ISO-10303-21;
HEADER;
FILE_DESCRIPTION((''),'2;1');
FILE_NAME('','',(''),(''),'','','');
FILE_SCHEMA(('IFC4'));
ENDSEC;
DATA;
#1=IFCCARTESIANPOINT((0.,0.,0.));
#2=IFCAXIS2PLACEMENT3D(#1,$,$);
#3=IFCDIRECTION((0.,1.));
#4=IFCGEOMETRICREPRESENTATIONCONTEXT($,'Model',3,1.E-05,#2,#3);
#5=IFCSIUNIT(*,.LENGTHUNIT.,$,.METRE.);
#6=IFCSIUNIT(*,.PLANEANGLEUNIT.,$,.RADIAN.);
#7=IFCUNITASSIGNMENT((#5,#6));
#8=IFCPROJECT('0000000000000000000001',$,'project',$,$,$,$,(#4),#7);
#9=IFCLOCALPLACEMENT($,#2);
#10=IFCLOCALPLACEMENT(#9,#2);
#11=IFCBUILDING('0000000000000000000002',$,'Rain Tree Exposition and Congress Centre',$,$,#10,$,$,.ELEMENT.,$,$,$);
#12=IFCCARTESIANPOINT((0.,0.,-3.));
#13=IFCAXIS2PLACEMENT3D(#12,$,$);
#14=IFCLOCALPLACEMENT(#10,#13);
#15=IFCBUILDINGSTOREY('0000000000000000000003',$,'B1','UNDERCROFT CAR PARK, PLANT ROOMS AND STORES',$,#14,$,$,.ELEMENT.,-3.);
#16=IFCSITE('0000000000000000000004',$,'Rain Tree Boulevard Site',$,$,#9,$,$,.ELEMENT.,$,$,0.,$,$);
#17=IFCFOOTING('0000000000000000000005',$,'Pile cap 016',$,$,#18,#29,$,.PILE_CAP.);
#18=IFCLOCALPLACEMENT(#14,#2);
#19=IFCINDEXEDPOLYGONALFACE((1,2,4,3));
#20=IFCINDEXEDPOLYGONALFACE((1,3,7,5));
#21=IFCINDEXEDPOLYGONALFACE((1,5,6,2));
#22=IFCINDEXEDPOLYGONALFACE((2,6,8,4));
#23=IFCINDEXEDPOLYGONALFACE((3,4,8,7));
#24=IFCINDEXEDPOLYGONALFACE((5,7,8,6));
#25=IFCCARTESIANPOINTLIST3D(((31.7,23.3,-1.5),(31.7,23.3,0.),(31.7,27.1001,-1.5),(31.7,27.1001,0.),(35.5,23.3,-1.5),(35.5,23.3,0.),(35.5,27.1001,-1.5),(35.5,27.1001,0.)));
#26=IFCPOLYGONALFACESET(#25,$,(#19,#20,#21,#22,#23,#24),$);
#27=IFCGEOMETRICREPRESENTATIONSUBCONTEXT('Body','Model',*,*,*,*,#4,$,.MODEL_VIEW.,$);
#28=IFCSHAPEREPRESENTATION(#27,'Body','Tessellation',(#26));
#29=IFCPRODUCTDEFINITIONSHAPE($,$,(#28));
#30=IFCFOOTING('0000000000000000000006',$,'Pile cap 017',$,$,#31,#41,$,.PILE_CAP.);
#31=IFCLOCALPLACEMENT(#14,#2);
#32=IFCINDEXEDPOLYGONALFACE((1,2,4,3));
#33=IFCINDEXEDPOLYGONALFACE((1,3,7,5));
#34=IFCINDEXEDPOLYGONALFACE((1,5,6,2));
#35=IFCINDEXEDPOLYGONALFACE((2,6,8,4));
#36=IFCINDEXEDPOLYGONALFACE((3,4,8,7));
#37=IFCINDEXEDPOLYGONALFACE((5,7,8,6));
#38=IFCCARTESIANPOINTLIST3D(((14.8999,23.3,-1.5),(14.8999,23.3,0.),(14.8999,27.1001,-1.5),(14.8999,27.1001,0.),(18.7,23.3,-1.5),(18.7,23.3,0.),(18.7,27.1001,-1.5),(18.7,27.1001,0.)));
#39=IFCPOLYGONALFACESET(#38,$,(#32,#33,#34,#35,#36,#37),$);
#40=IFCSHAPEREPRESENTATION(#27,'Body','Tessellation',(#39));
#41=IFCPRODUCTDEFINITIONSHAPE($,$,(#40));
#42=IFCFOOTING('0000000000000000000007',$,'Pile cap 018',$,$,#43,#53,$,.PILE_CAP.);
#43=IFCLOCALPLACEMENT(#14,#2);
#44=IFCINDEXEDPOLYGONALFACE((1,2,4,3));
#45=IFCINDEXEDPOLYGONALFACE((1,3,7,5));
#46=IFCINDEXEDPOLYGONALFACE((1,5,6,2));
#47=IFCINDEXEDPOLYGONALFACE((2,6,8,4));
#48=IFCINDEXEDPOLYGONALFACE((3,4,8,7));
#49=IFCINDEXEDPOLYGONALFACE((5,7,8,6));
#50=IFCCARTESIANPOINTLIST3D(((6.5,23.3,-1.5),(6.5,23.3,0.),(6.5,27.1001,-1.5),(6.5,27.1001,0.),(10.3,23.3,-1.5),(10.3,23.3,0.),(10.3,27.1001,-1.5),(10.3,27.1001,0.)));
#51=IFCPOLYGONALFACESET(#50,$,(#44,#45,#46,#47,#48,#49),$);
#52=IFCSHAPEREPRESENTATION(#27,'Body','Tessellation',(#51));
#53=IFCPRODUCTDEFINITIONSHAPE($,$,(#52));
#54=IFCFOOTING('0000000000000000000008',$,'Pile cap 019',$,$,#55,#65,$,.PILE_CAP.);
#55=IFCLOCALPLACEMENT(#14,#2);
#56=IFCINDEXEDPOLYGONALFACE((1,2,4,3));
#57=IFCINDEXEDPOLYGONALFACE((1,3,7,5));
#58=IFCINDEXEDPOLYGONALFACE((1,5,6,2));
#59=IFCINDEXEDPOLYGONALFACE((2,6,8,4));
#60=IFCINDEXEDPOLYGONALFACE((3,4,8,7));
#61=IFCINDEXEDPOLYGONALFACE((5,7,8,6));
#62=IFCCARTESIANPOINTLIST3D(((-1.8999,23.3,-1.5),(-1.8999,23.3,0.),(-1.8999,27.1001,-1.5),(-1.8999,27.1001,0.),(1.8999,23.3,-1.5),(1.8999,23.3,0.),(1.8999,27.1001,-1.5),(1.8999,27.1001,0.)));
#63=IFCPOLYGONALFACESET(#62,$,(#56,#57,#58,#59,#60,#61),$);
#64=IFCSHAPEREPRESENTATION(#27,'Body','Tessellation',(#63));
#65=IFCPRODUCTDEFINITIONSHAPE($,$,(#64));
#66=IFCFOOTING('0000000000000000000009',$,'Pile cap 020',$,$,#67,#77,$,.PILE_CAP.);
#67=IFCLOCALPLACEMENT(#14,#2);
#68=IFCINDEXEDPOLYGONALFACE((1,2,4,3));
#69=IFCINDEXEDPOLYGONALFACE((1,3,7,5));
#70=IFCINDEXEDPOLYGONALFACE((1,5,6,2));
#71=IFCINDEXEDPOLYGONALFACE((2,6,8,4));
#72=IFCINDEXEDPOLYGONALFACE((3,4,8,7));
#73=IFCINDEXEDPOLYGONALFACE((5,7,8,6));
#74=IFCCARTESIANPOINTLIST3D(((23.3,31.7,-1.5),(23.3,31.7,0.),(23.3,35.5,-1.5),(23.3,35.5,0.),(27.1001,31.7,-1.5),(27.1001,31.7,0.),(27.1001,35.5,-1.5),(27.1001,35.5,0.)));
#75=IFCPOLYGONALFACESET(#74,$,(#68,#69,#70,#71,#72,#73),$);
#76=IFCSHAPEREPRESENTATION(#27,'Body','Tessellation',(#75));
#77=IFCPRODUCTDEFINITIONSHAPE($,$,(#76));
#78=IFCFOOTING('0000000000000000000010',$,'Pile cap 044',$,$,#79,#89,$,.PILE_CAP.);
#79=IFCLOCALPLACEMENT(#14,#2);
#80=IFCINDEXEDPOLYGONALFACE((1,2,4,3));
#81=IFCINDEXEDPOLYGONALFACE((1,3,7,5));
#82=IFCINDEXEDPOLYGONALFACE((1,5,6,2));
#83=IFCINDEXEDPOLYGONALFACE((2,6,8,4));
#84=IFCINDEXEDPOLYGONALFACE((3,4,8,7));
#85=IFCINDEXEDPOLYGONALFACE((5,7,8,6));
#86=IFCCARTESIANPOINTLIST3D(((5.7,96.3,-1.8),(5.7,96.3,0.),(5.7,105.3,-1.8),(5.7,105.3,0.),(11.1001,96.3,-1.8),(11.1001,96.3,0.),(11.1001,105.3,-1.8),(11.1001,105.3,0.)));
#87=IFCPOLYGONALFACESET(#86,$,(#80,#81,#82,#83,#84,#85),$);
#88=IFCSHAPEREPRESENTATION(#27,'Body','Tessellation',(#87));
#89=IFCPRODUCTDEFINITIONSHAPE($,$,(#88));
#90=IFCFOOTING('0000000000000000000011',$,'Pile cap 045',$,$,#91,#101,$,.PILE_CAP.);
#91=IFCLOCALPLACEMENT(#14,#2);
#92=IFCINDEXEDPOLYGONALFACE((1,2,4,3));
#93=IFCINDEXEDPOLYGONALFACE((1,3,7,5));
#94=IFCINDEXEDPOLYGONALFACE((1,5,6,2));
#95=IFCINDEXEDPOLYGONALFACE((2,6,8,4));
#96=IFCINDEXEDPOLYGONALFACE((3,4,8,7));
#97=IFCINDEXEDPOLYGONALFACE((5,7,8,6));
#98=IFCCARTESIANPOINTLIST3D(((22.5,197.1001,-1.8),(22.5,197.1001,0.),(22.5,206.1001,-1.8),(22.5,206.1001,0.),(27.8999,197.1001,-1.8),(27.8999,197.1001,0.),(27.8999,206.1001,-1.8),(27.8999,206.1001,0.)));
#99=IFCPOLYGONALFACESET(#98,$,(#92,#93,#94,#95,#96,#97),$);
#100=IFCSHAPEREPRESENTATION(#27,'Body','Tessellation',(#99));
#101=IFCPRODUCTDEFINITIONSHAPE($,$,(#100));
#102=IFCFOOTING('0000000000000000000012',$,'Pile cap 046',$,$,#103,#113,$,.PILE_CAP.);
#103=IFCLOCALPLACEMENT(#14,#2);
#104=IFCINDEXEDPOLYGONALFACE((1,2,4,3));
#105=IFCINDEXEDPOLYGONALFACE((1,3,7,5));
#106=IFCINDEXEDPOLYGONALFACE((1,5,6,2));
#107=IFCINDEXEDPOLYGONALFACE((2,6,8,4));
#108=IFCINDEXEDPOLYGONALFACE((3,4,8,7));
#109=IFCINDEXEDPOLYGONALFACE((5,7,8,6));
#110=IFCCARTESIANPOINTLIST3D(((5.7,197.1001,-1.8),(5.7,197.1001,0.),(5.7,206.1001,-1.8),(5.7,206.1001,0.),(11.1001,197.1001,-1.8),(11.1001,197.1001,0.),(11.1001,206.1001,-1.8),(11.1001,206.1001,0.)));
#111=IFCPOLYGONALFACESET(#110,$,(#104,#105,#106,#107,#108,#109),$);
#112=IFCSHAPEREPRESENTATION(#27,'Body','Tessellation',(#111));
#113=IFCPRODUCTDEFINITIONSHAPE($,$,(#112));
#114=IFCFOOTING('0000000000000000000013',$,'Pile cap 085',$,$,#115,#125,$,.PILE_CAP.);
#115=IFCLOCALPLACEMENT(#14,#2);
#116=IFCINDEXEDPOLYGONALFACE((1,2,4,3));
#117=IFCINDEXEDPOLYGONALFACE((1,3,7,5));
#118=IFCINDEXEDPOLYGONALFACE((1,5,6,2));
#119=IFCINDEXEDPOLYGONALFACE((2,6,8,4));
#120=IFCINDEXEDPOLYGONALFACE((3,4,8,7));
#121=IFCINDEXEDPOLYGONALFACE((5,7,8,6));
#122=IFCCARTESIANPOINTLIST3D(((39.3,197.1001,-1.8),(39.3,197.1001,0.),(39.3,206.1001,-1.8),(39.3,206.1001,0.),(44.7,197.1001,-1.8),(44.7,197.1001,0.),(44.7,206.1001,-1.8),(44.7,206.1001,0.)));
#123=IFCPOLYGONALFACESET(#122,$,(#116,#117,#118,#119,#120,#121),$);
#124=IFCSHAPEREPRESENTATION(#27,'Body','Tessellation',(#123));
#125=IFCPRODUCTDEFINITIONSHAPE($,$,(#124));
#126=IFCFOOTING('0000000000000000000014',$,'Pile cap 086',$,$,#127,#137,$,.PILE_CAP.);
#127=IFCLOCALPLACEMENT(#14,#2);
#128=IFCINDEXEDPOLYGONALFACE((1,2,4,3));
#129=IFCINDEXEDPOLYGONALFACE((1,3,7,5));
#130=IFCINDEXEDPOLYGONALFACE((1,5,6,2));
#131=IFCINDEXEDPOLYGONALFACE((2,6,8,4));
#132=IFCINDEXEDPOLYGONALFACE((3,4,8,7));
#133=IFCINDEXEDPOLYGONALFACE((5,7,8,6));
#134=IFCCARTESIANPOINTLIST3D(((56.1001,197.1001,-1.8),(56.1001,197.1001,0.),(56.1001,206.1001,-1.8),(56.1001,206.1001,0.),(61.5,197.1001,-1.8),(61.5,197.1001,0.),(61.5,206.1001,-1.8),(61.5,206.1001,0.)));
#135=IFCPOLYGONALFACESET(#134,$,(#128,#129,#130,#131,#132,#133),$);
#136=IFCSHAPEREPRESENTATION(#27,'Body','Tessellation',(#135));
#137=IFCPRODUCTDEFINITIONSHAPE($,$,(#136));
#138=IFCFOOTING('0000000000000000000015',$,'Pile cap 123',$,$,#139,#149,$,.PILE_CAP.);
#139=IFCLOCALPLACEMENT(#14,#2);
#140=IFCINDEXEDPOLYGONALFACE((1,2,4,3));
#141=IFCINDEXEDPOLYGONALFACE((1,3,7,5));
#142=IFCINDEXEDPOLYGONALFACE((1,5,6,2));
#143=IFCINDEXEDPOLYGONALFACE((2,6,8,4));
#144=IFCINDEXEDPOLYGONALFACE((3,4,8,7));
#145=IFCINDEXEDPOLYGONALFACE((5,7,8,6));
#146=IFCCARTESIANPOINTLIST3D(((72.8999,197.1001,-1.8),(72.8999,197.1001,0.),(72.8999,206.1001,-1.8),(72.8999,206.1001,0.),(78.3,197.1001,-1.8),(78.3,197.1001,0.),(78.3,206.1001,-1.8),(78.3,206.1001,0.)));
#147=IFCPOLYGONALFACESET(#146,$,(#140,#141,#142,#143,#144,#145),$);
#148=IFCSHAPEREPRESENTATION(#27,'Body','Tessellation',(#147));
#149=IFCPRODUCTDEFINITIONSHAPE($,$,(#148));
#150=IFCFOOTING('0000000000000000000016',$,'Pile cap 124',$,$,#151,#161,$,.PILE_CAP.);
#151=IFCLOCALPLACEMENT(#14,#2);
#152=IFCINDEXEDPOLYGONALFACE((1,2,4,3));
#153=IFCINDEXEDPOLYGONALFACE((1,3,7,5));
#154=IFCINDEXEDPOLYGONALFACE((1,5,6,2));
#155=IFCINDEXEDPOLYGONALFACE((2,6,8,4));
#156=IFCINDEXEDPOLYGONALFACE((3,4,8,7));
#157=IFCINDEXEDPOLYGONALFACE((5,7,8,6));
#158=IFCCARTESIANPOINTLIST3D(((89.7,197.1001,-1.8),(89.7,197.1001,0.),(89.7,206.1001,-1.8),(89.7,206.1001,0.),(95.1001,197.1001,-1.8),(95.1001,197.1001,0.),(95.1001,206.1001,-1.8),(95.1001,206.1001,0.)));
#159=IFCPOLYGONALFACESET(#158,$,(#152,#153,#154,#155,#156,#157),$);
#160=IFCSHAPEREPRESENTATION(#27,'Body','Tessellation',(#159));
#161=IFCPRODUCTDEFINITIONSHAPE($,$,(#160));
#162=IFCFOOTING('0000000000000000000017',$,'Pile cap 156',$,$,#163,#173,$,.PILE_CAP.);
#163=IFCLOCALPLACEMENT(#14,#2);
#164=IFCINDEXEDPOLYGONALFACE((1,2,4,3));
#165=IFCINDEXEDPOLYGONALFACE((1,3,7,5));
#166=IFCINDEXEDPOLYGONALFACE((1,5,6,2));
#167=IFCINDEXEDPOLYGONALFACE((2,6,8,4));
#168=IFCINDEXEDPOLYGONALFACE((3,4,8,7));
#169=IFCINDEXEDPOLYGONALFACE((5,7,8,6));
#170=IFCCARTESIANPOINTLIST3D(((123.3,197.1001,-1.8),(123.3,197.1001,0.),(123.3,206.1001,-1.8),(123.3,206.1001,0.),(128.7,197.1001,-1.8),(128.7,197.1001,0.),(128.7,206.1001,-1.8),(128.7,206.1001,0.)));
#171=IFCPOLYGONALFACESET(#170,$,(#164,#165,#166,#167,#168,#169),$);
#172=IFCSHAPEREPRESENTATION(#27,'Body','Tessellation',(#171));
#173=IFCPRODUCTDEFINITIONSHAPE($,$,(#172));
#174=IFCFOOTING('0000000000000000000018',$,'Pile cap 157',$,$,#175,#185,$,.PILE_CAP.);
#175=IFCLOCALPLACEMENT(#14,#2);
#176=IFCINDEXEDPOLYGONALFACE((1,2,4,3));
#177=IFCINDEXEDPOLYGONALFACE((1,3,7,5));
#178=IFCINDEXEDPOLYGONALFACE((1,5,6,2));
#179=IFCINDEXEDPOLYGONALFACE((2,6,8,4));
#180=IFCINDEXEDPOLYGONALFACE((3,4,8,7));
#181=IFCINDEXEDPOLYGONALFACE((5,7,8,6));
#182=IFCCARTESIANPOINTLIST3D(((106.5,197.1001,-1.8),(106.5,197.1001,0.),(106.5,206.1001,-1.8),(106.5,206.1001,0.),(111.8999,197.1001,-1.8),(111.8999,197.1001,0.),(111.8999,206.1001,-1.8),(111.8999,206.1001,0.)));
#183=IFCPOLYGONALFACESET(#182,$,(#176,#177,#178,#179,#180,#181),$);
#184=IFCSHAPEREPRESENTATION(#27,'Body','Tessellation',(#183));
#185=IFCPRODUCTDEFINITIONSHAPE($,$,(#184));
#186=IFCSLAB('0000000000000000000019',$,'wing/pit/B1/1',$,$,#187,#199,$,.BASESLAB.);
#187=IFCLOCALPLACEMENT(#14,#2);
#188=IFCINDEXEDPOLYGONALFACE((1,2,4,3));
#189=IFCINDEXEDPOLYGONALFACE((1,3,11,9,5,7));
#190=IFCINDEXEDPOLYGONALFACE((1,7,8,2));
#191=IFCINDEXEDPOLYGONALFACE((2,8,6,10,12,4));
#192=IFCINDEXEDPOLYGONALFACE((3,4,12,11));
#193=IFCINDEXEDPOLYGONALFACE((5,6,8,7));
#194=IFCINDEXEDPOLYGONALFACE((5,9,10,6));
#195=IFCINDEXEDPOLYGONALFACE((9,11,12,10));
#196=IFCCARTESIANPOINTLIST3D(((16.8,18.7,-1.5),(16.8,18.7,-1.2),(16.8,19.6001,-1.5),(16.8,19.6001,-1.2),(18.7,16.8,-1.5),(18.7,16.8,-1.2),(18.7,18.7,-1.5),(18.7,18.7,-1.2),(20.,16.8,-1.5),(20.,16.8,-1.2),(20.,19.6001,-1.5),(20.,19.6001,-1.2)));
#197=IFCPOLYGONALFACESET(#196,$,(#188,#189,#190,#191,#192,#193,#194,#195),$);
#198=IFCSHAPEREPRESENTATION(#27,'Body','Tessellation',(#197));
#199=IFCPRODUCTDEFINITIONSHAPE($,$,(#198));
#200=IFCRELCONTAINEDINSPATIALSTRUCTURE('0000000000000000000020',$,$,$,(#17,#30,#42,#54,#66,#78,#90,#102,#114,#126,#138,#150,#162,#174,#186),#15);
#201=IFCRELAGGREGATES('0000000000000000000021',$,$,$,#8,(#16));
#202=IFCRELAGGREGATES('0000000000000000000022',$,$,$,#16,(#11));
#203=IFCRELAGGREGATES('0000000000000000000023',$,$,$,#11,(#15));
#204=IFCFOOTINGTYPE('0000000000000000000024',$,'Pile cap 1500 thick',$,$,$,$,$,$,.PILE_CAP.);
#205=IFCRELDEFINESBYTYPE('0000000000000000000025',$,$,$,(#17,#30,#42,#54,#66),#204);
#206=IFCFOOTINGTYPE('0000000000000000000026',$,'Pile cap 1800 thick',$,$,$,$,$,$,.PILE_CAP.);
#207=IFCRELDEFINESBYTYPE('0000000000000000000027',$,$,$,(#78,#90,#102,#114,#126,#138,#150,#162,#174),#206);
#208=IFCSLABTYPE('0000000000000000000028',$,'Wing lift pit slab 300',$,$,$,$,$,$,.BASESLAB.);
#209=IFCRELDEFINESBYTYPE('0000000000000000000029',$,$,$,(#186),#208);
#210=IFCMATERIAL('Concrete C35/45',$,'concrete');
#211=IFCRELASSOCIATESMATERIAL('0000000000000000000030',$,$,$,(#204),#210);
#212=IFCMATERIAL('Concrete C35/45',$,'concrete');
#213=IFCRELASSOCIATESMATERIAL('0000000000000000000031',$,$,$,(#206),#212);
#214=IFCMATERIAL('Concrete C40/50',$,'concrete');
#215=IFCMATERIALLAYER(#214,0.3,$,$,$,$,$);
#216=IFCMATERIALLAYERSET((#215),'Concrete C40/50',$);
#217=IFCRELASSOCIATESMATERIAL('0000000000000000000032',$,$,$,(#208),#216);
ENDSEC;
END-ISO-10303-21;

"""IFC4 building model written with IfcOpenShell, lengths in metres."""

from ifc_helpers import new_model, si_unit, direction, frame, origin, place, context, subcontext, project, spatial, polyline, outline, extrude, material, layer, layer_set, type_object, element, save


model = new_model("IFC4")

# Units and contexts
model_context = context("Model", 3, precision=1e-05, world=origin(), true_north=direction((0.0, 1.0)))
body_context = subcontext(model_context, "Body", "Model", "MODEL_VIEW")
ifc_project = project(units=[si_unit("LENGTHUNIT", "METRE"), si_unit("PLANEANGLEUNIT", "RADIAN")], contexts=[model_context])

# Site, building, storey
site_placement = place(None, origin())
site = spatial("IfcSite", under=ifc_project, at=site_placement, Name="Rain Tree Boulevard Site", CompositionType="ELEMENT", RefElevation=0.0)
building_placement = place(site_placement, origin())
building = spatial("IfcBuilding", under=site, at=building_placement, Name="Rain Tree Exposition and Congress Centre", CompositionType="ELEMENT")
storey_placement = place(building_placement, frame((0.0, 0.0, -3.0)))
storey = spatial("IfcBuildingStorey", under=building, at=storey_placement, Name="B1", Description="UNDERCROFT CAR PARK, PLANT ROOMS AND STORES", CompositionType="ELEMENT", Elevation=-3.0)

# Footings
ifc_material_1 = material(Name="Concrete C35/45", Category="concrete")
footing_type_1 = type_object("IfcFootingType", Name="Pile cap 1500 thick", PredefinedType="PILE_CAP", material=ifc_material_1)
footing_1_placement = place(storey_placement, frame((0.0, 0.0, -1.5)))
element("IfcFooting", 1, at=footing_1_placement, inside=storey, type_object=footing_type_1, Name="Pile cap 016", PredefinedType="PILE_CAP", context=body_context, shape_type="SweptSolid", body=[
    extrude(outline(polyline([(35.5, 23.3), (35.5, 27.1001), (31.7, 27.1001), (31.7, 23.3), (35.5, 23.3)])), origin(), (0.0, 0.0, 1.0), 1.5),
])
footing_2_placement = place(storey_placement, frame((0.0, 0.0, -1.5)))
element("IfcFooting", 2, at=footing_2_placement, inside=storey, type_object=footing_type_1, Name="Pile cap 017", PredefinedType="PILE_CAP", context=body_context, shape_type="SweptSolid", body=[
    extrude(outline(polyline([(18.7, 23.3), (18.7, 27.1001), (14.8999, 27.1001), (14.8999, 23.3), (18.7, 23.3)])), origin(), (0.0, 0.0, 1.0), 1.5),
])
footing_3_placement = place(storey_placement, frame((0.0, 0.0, -1.5)))
element("IfcFooting", 3, at=footing_3_placement, inside=storey, type_object=footing_type_1, Name="Pile cap 018", PredefinedType="PILE_CAP", context=body_context, shape_type="SweptSolid", body=[
    extrude(outline(polyline([(10.3, 23.3), (10.3, 27.1001), (6.5, 27.1001), (6.5, 23.3), (10.3, 23.3)])), origin(), (0.0, 0.0, 1.0), 1.5),
])
footing_4_placement = place(storey_placement, frame((0.0, 0.0, -1.5)))
element("IfcFooting", 4, at=footing_4_placement, inside=storey, type_object=footing_type_1, Name="Pile cap 019", PredefinedType="PILE_CAP", context=body_context, shape_type="SweptSolid", body=[
    extrude(outline(polyline([(1.8999, 23.3), (1.8999, 27.1001), (-1.8999, 27.1001), (-1.8999, 23.3), (1.8999, 23.3)])), origin(), (0.0, 0.0, 1.0), 1.5),
])
footing_5_placement = place(storey_placement, frame((0.0, 0.0, -1.5)))
element("IfcFooting", 5, at=footing_5_placement, inside=storey, type_object=footing_type_1, Name="Pile cap 020", PredefinedType="PILE_CAP", context=body_context, shape_type="SweptSolid", body=[
    extrude(outline(polyline([(27.1001, 31.7), (27.1001, 35.5), (23.3, 35.5), (23.3, 31.7), (27.1001, 31.7)])), origin(), (0.0, 0.0, 1.0), 1.5),
])
ifc_material_2 = material(Name="Concrete C35/45", Category="concrete")
footing_type_2 = type_object("IfcFootingType", Name="Pile cap 1800 thick", PredefinedType="PILE_CAP", material=ifc_material_2)
footing_6_placement = place(storey_placement, frame((0.0, 0.0, -1.8)))
element("IfcFooting", 6, at=footing_6_placement, inside=storey, type_object=footing_type_2, Name="Pile cap 044", PredefinedType="PILE_CAP", context=body_context, shape_type="SweptSolid", body=[
    extrude(outline(polyline([(5.7, 96.3), (11.1001, 96.3), (11.1001, 105.3), (5.7, 105.3), (5.7, 96.3)])), origin(), (0.0, 0.0, 1.0), 1.8),
])
footing_7_placement = place(storey_placement, frame((0.0, 0.0, -1.8)))
element("IfcFooting", 7, at=footing_7_placement, inside=storey, type_object=footing_type_2, Name="Pile cap 045", PredefinedType="PILE_CAP", context=body_context, shape_type="SweptSolid", body=[
    extrude(outline(polyline([(27.8999, 197.1001), (27.8999, 206.1001), (22.5, 206.1001), (22.5, 197.1001), (27.8999, 197.1001)])), origin(), (0.0, 0.0, 1.0), 1.8),
])
footing_8_placement = place(storey_placement, frame((0.0, 0.0, -1.8)))
element("IfcFooting", 8, at=footing_8_placement, inside=storey, type_object=footing_type_2, Name="Pile cap 046", PredefinedType="PILE_CAP", context=body_context, shape_type="SweptSolid", body=[
    extrude(outline(polyline([(11.1001, 197.1001), (11.1001, 206.1001), (5.7, 206.1001), (5.7, 197.1001), (11.1001, 197.1001)])), origin(), (0.0, 0.0, 1.0), 1.8),
])
footing_9_placement = place(storey_placement, frame((0.0, 0.0, -1.8)))
element("IfcFooting", 9, at=footing_9_placement, inside=storey, type_object=footing_type_2, Name="Pile cap 085", PredefinedType="PILE_CAP", context=body_context, shape_type="SweptSolid", body=[
    extrude(outline(polyline([(44.7, 197.1001), (44.7, 206.1001), (39.3, 206.1001), (39.3, 197.1001), (44.7, 197.1001)])), origin(), (0.0, 0.0, 1.0), 1.8),
])
footing_10_placement = place(storey_placement, frame((0.0, 0.0, -1.8)))
element("IfcFooting", 10, at=footing_10_placement, inside=storey, type_object=footing_type_2, Name="Pile cap 086", PredefinedType="PILE_CAP", context=body_context, shape_type="SweptSolid", body=[
    extrude(outline(polyline([(61.5, 197.1001), (61.5, 206.1001), (56.1001, 206.1001), (56.1001, 197.1001), (61.5, 197.1001)])), origin(), (0.0, 0.0, 1.0), 1.8),
])
footing_11_placement = place(storey_placement, frame((0.0, 0.0, -1.8)))
element("IfcFooting", 11, at=footing_11_placement, inside=storey, type_object=footing_type_2, Name="Pile cap 123", PredefinedType="PILE_CAP", context=body_context, shape_type="SweptSolid", body=[
    extrude(outline(polyline([(78.3, 197.1001), (78.3, 206.1001), (72.8999, 206.1001), (72.8999, 197.1001), (78.3, 197.1001)])), origin(), (0.0, 0.0, 1.0), 1.8),
])
footing_12_placement = place(storey_placement, frame((0.0, 0.0, -1.8)))
element("IfcFooting", 12, at=footing_12_placement, inside=storey, type_object=footing_type_2, Name="Pile cap 124", PredefinedType="PILE_CAP", context=body_context, shape_type="SweptSolid", body=[
    extrude(outline(polyline([(95.1001, 197.1001), (95.1001, 206.1001), (89.7, 206.1001), (89.7, 197.1001), (95.1001, 197.1001)])), origin(), (0.0, 0.0, 1.0), 1.8),
])
footing_13_placement = place(storey_placement, frame((0.0, 0.0, -1.8)))
element("IfcFooting", 13, at=footing_13_placement, inside=storey, type_object=footing_type_2, Name="Pile cap 156", PredefinedType="PILE_CAP", context=body_context, shape_type="SweptSolid", body=[
    extrude(outline(polyline([(128.7, 197.1001), (128.7, 206.1001), (123.3, 206.1001), (123.3, 197.1001), (128.7, 197.1001)])), origin(), (0.0, 0.0, 1.0), 1.8),
])
footing_14_placement = place(storey_placement, frame((0.0, 0.0, -1.8)))
element("IfcFooting", 14, at=footing_14_placement, inside=storey, type_object=footing_type_2, Name="Pile cap 157", PredefinedType="PILE_CAP", context=body_context, shape_type="SweptSolid", body=[
    extrude(outline(polyline([(111.8999, 197.1001), (111.8999, 206.1001), (106.5, 206.1001), (106.5, 197.1001), (111.8999, 197.1001)])), origin(), (0.0, 0.0, 1.0), 1.8),
])

# Slab
ifc_material_3 = material(Name="Concrete C40/50", Category="concrete")
ifc_layer = layer(ifc_material_3, 0.3)
ifc_layer_set = layer_set([ifc_layer], Name="Concrete C40/50")
slab_type = type_object("IfcSlabType", Name="Wing lift pit slab 300", PredefinedType="BASESLAB", material=ifc_layer_set)
slab_1_placement = place(storey_placement, frame((0.0, 0.0, -1.5)))
element("IfcSlab", 15, at=slab_1_placement, inside=storey, type_object=slab_type, Name="wing/pit/B1/1", PredefinedType="BASESLAB", context=body_context, shape_type="SweptSolid", body=[
    extrude(outline(polyline([(16.8, 19.6001), (16.8, 18.7), (18.7, 18.7), (18.7, 16.8), (20.0, 16.8), (20.0, 19.6001), (16.8, 19.6001)])), origin(), (0.0, 0.0, 1.0), 0.3),
])

save(model, "model.ifc")
